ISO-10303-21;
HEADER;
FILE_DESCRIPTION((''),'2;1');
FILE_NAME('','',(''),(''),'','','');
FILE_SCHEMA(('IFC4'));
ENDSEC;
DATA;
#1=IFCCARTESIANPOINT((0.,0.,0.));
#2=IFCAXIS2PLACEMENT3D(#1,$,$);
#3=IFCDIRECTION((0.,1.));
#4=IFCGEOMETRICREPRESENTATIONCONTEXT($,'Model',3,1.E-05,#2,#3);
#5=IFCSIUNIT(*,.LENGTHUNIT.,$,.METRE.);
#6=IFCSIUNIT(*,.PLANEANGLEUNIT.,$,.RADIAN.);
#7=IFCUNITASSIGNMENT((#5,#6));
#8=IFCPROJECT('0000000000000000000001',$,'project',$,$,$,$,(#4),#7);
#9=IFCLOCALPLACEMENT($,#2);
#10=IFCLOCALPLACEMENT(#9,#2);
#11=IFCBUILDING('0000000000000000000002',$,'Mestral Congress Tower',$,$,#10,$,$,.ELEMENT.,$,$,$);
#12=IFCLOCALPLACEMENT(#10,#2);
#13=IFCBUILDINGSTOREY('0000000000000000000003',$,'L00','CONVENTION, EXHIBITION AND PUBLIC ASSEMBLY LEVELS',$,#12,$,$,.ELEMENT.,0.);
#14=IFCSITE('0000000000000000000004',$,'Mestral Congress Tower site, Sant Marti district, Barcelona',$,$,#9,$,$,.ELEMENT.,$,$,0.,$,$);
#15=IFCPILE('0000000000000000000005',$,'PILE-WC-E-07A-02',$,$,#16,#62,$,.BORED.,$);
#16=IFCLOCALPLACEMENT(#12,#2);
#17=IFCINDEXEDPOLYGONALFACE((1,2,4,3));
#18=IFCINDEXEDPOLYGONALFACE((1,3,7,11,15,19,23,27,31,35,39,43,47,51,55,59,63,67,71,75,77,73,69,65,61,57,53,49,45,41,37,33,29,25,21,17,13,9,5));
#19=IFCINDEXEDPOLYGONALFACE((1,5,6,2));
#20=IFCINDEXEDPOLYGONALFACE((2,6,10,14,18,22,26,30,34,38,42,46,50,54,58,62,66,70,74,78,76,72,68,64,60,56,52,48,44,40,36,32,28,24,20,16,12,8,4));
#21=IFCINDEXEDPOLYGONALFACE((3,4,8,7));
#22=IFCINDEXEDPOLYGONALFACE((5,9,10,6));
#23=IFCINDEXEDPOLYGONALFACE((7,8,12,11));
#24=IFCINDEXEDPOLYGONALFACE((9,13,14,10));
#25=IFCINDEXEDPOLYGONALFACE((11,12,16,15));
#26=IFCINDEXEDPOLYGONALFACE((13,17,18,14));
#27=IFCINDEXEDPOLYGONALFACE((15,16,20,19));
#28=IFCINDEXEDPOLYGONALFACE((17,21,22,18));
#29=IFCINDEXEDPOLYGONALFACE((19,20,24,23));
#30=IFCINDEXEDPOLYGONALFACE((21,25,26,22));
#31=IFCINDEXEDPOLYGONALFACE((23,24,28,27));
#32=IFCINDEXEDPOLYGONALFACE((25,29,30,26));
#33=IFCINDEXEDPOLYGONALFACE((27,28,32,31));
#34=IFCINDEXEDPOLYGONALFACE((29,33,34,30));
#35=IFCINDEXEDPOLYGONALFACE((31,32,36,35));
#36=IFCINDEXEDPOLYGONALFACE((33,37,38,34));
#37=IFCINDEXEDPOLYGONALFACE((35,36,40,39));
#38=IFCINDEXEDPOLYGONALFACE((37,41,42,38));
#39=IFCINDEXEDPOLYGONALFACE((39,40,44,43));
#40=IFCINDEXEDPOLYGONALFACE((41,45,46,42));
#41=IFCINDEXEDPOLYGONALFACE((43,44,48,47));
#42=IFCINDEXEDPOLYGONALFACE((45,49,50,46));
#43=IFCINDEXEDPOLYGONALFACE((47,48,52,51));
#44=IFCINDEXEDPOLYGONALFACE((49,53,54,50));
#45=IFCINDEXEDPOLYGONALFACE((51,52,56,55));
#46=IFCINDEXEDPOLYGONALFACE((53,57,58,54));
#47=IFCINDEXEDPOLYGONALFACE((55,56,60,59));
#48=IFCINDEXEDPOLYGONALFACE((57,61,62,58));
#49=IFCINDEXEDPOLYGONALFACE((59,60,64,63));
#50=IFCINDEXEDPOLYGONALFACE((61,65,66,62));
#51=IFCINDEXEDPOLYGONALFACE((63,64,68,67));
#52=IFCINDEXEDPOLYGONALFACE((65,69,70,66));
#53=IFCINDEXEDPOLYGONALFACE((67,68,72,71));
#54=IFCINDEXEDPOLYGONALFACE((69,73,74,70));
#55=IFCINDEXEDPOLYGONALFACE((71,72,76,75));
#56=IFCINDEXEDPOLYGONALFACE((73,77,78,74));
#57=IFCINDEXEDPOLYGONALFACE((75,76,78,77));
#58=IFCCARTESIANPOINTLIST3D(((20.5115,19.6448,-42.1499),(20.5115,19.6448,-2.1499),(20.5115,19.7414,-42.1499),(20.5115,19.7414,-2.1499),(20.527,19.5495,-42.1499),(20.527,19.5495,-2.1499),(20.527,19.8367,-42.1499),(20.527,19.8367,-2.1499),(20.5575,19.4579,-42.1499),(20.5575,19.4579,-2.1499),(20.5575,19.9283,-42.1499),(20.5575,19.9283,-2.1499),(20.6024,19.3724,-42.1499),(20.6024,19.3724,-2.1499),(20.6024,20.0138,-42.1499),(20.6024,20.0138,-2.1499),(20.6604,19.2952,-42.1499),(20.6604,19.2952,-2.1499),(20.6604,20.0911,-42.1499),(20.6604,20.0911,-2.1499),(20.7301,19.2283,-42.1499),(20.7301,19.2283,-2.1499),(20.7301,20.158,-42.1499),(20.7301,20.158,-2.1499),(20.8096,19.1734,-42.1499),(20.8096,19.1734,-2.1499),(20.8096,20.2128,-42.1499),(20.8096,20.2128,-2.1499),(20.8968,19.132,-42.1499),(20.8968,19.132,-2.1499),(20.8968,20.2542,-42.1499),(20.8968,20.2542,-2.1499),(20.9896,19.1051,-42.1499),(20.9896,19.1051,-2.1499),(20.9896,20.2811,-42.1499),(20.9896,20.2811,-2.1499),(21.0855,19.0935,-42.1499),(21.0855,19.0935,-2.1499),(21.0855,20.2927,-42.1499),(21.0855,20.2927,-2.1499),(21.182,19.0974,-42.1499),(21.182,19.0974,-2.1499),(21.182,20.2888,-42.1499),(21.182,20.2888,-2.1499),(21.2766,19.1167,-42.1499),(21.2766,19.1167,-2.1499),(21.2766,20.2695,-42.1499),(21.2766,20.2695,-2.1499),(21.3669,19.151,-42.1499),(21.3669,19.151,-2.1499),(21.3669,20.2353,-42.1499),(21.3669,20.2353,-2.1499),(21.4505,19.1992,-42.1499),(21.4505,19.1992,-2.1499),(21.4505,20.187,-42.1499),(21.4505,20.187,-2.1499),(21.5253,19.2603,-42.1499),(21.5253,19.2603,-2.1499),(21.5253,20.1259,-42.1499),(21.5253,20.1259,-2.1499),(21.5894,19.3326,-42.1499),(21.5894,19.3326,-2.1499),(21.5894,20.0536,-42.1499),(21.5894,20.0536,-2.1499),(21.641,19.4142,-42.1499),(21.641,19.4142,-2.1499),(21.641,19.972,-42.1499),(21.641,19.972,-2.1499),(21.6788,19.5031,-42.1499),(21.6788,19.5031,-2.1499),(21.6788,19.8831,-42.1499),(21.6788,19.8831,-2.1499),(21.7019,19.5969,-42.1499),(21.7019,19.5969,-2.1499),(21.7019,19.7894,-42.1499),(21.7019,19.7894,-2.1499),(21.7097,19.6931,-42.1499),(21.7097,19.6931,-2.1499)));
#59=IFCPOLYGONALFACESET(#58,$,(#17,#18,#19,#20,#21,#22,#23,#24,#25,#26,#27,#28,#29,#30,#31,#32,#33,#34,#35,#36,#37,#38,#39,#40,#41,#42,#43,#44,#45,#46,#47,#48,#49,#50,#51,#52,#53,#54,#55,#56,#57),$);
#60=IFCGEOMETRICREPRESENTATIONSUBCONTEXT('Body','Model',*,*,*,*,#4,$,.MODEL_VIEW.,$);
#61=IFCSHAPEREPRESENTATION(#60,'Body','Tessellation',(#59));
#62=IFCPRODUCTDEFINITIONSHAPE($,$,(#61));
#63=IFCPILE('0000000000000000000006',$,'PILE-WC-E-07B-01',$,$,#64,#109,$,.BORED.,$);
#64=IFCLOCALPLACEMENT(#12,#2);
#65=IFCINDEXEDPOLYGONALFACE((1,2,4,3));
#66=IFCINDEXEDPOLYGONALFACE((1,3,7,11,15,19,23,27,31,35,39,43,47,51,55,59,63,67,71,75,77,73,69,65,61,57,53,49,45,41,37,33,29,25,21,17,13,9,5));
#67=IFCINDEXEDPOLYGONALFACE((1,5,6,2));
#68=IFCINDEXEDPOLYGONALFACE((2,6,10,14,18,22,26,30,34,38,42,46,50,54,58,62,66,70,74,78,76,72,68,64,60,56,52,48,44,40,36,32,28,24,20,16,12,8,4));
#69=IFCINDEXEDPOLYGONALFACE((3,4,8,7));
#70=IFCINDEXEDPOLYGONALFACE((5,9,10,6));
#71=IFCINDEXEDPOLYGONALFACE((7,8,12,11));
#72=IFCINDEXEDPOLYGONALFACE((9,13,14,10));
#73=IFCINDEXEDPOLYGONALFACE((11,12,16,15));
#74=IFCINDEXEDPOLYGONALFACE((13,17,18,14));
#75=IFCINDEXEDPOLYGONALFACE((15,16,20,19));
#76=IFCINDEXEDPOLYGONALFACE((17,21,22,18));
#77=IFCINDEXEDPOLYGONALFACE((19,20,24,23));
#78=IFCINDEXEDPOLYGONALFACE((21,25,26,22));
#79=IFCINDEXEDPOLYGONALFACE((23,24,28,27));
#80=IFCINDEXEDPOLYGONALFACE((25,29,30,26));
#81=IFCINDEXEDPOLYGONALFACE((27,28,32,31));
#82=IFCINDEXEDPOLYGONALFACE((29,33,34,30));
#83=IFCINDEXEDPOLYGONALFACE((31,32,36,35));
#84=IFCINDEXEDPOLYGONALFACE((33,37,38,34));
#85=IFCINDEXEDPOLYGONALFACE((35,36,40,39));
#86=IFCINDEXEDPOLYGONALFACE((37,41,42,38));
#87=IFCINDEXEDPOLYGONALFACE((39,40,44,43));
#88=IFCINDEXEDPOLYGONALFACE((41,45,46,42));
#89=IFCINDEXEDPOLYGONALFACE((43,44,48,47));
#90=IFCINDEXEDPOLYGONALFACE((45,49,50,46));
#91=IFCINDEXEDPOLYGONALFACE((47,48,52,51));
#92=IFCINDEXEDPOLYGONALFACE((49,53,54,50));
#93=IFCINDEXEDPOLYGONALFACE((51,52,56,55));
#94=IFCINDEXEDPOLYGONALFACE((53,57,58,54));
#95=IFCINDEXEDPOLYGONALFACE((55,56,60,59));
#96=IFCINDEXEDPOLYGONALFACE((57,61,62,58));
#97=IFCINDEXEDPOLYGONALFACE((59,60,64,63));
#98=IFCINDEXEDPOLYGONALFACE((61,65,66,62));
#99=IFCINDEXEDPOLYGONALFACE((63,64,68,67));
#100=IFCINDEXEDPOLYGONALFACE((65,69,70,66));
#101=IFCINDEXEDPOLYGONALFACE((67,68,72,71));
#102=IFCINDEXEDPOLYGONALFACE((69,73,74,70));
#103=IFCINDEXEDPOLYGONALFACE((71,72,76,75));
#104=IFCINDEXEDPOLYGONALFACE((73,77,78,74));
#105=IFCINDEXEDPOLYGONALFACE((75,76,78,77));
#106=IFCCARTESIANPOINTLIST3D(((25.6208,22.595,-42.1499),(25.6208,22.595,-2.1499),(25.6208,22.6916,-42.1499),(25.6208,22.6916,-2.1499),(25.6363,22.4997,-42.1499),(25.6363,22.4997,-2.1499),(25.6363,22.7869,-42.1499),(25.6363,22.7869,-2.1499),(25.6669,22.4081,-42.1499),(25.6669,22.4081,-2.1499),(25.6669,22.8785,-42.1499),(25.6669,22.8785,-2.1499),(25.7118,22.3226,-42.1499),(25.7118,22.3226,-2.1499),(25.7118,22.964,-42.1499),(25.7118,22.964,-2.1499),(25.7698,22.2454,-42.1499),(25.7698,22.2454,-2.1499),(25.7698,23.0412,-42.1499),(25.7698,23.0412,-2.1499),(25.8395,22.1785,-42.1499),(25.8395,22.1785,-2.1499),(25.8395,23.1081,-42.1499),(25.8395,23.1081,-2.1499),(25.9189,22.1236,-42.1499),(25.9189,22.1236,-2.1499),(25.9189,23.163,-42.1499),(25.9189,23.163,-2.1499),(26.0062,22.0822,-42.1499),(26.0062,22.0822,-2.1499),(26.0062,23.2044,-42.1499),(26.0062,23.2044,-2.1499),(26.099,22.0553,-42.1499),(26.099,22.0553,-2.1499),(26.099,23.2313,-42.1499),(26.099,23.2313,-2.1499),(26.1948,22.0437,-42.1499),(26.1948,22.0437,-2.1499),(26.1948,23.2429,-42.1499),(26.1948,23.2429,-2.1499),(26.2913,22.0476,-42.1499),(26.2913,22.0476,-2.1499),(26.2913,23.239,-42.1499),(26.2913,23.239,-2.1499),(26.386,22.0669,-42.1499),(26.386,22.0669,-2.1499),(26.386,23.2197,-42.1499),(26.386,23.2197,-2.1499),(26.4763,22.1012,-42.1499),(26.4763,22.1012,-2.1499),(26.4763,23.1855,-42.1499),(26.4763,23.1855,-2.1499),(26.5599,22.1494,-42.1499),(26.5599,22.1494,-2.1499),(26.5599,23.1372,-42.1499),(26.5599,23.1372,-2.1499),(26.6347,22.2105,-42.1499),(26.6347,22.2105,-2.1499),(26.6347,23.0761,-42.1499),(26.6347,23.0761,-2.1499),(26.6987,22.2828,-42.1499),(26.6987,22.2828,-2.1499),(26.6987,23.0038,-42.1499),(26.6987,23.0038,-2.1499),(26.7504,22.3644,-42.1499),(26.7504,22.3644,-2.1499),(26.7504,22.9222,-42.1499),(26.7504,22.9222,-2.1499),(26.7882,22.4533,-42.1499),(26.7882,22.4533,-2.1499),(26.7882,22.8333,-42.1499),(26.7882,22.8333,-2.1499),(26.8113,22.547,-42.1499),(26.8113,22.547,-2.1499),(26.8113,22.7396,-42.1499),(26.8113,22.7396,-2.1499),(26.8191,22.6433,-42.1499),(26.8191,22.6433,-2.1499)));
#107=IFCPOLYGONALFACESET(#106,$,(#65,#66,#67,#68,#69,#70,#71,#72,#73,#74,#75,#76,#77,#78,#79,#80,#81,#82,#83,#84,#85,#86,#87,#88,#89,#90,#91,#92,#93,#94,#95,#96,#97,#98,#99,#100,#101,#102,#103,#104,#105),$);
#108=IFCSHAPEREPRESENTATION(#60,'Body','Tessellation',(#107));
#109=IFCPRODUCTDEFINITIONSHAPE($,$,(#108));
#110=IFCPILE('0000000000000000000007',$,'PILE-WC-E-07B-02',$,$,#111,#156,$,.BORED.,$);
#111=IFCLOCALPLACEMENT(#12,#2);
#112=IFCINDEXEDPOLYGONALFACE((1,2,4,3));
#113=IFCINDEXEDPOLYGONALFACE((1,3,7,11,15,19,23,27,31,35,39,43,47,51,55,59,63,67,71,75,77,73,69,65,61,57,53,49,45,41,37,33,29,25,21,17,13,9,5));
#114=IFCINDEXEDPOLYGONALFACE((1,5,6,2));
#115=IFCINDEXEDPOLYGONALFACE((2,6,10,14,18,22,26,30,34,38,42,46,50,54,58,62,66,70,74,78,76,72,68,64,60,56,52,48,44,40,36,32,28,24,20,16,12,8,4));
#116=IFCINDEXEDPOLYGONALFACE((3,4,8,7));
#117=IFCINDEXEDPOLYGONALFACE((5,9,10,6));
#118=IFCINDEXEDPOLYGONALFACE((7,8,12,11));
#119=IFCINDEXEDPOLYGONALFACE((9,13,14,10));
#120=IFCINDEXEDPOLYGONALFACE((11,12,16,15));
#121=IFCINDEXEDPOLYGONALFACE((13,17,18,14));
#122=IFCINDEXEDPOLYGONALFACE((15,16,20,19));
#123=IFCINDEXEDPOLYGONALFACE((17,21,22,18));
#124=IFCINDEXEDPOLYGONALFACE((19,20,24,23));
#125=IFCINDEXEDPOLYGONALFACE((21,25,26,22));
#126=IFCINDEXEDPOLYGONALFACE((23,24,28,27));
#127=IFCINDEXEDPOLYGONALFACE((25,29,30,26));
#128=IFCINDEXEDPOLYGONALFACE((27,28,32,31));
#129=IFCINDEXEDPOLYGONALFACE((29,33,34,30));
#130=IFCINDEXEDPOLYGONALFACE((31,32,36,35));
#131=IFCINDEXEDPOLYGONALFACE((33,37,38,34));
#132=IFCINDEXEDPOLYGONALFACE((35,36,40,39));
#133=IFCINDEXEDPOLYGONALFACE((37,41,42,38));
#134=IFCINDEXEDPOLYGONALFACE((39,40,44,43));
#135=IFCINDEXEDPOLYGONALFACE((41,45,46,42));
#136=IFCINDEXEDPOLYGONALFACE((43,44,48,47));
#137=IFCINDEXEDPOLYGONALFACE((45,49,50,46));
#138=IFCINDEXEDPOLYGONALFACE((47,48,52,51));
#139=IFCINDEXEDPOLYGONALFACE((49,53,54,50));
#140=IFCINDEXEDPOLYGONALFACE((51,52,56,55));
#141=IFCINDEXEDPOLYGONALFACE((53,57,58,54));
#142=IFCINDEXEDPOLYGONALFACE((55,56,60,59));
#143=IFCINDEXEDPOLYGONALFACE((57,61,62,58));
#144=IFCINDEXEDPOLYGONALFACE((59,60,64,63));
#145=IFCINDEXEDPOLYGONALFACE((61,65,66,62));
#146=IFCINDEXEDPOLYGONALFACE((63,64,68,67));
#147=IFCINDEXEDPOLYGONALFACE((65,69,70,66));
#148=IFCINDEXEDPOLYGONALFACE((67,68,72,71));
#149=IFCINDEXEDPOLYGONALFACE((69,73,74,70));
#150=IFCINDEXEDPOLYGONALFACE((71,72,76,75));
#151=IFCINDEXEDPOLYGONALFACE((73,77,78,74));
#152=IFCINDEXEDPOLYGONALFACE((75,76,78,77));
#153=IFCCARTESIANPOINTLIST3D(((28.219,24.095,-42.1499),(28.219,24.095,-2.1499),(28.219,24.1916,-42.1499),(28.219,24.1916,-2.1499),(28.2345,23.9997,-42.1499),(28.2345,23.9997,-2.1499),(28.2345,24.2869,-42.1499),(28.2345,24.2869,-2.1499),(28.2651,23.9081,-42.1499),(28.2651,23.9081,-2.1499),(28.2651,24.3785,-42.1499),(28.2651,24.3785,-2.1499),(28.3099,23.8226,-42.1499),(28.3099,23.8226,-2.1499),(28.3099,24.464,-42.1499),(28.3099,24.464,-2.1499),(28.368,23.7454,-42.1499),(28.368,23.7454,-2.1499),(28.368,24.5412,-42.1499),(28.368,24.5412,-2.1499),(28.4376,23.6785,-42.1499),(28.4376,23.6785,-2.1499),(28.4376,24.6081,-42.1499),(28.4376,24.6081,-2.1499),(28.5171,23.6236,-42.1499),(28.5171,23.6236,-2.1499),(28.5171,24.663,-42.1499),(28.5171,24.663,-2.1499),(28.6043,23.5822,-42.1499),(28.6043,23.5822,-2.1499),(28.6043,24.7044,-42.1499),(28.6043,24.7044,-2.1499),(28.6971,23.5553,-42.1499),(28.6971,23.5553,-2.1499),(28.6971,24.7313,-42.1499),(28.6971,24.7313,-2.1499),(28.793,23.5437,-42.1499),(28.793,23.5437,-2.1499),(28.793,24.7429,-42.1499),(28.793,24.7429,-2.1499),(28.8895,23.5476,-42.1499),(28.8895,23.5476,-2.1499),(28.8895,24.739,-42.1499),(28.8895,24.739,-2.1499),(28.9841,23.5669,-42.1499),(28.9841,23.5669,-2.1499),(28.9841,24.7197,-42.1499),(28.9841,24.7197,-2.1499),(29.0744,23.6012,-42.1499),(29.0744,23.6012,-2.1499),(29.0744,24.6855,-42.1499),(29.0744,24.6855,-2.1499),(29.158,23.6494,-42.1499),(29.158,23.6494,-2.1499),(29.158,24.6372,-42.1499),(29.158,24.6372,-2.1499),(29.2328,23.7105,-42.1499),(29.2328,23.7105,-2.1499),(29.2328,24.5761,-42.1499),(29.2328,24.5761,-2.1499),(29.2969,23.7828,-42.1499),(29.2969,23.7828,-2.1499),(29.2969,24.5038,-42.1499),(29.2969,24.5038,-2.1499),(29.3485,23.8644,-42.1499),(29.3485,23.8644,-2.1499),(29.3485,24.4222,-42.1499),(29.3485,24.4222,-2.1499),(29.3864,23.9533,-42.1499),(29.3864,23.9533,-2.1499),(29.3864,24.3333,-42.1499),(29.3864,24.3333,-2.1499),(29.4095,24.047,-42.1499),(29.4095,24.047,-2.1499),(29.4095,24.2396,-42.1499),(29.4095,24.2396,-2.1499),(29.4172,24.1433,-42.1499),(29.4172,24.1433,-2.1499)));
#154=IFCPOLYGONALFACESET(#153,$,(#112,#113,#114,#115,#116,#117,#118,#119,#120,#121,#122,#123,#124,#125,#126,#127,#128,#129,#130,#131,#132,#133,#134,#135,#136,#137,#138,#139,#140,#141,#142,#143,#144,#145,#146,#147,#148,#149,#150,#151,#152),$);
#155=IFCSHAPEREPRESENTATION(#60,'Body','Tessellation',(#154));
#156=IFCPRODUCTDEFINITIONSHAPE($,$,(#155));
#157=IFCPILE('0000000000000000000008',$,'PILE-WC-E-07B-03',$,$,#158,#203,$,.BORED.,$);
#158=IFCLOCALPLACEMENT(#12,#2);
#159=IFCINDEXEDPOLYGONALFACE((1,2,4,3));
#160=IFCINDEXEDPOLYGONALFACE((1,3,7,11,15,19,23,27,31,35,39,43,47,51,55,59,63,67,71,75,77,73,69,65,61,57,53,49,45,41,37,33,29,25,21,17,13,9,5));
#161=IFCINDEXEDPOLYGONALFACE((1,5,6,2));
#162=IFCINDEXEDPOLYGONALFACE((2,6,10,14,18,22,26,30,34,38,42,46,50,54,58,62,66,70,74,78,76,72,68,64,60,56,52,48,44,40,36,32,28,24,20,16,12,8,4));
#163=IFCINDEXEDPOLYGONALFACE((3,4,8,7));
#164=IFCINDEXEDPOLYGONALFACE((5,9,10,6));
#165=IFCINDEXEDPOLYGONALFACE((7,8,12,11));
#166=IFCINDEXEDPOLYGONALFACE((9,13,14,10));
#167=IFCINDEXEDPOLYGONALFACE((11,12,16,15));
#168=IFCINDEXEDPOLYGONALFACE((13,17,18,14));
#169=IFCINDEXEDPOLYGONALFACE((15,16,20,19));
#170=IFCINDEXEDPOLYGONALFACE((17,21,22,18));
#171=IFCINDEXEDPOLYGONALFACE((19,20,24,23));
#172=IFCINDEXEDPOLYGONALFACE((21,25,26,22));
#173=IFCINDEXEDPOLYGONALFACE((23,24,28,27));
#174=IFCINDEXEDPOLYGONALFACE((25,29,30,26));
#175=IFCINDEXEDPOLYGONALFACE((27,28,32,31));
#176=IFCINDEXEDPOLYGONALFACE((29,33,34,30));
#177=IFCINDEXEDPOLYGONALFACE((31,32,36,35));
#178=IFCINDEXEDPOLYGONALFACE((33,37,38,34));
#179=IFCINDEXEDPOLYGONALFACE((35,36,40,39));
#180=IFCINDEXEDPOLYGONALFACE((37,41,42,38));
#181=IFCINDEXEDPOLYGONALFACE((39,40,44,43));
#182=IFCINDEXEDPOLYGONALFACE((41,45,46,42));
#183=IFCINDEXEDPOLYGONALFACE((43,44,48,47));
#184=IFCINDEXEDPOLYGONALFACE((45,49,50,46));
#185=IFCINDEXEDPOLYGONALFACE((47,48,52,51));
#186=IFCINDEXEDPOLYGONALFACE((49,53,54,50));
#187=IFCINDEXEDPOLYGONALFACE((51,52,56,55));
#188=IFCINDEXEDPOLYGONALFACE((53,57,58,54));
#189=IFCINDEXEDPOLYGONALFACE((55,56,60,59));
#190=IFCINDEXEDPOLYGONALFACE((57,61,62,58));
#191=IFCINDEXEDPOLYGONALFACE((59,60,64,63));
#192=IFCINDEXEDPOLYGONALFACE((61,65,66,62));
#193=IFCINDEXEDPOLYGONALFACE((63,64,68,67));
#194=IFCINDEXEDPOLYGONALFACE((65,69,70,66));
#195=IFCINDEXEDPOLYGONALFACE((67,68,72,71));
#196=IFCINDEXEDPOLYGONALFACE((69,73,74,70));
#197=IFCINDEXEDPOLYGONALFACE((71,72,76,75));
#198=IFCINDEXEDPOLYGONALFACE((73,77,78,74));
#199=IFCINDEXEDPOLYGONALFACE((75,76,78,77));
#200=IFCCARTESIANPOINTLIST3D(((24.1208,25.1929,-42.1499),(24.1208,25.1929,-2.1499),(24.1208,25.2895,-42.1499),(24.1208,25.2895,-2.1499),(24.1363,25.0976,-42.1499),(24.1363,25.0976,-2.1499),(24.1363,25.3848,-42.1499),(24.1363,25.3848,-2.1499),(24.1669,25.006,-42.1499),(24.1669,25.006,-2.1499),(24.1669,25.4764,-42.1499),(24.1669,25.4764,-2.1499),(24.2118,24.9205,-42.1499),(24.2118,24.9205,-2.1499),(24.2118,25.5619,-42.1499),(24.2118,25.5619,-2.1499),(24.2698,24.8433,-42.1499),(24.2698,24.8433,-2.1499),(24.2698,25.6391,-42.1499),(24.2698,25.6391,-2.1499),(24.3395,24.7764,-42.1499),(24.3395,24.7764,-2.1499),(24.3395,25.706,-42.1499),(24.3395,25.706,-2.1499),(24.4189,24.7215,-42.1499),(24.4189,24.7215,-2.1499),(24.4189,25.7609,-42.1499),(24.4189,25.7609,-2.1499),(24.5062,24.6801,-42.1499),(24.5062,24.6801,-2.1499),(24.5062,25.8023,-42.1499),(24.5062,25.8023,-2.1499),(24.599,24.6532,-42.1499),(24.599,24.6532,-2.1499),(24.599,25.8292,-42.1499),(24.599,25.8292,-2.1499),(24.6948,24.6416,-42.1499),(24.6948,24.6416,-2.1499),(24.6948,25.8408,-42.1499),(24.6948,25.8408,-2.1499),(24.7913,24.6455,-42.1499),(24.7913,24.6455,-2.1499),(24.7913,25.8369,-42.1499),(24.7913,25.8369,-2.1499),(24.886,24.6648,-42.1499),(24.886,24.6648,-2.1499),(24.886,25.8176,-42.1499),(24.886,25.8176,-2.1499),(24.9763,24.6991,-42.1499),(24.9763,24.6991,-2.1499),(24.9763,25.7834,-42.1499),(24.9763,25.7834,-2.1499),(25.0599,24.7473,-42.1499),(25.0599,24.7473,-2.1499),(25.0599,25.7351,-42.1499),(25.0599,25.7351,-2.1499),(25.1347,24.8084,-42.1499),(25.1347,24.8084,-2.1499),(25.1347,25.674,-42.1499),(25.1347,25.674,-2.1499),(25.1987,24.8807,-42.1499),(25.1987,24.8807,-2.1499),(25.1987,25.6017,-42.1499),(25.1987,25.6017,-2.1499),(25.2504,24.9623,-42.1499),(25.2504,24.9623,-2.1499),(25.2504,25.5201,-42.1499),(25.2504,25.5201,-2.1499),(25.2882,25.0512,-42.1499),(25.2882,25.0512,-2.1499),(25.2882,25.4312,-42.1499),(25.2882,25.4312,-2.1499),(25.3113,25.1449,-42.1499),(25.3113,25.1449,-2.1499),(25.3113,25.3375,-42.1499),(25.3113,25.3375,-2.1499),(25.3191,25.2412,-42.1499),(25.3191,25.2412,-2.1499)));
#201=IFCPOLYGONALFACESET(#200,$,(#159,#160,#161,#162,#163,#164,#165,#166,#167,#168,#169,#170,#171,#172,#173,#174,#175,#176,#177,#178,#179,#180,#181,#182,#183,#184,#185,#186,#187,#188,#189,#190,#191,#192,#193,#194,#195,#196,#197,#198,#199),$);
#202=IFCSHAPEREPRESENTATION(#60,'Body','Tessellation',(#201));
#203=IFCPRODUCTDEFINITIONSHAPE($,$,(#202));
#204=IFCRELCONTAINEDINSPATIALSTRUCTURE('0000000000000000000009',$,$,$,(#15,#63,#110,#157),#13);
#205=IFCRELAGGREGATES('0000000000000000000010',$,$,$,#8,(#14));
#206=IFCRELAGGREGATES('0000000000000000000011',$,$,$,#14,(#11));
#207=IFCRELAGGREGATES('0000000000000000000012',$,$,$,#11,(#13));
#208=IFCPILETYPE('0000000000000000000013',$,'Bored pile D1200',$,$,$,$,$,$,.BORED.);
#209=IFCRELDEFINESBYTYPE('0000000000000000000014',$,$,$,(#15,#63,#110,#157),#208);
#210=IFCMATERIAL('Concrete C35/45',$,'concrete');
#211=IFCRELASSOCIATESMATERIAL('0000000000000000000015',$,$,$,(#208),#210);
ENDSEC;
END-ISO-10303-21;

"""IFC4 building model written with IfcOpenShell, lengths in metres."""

from ifc_helpers import new_model, si_unit, direction, frame, origin, origin_2d, place, context, subcontext, project, spatial, circle, extrude, material, material_profile, profile_set, type_object, element, save


model = new_model("IFC4")

# Units and contexts
model_context = context("Model", 3, precision=1e-05, world=origin(), true_north=direction((0.0, 1.0)))
body_context = subcontext(model_context, "Body", "Model", "MODEL_VIEW")
ifc_project = project(units=[si_unit("LENGTHUNIT", "METRE"), si_unit("PLANEANGLEUNIT", "RADIAN")], contexts=[model_context])

# Site, building, storey
site_placement = place(None, origin())
site = spatial("IfcSite", under=ifc_project, at=site_placement, Name="Mestral Congress Tower site, Sant Marti district, Barcelona", CompositionType="ELEMENT", RefElevation=0.0)
building_placement = place(site_placement, origin())
building = spatial("IfcBuilding", under=site, at=building_placement, Name="Mestral Congress Tower", CompositionType="ELEMENT")
storey_placement = place(building_placement, origin())
storey = spatial("IfcBuildingStorey", under=building, at=storey_placement, Name="L00", Description="CONVENTION, EXHIBITION AND PUBLIC ASSEMBLY LEVELS", CompositionType="ELEMENT", Elevation=0.0)

# Piles
ifc_material_1 = material(Name="Concrete C35/45", Category="concrete")
ifc_material_profile_1 = material_profile(ifc_material_1, circle(Radius=0.6001, at=origin_2d()), Name="D1200")
ifc_profile_set_1 = profile_set([ifc_material_profile_1], Name="Concrete C35/45")
pile_type_1 = type_object("IfcPileType", Name="Bored pile D1200", PredefinedType="BORED", material=ifc_profile_set_1)
for number, where, z_axis, x_axis, name in (
    (1, (21.1096, 19.6931, -2.1499), (0.0, 0.0, -1.0), (1.0, 0.0, 0.0), "PILE-WC-E-07A-02"),
    (2, (26.219, 22.6433, -2.1499), (0.0, 0.0, -1.0), (1.0, 0.0, 0.0), "PILE-WC-E-07B-01"),
    (3, (28.8171, 24.1433, -2.1499), (0.0, 0.0, -1.0), (1.0, 0.0, 0.0), "PILE-WC-E-07B-02"),
    (4, (24.719, 25.2412, -2.1499), (0.0, 0.0, -1.0), (1.0, 0.0, 0.0), "PILE-WC-E-07B-03"),
):
    element("IfcPile", number, at=place(storey_placement, frame(where, z_axis=z_axis, x_axis=x_axis)), inside=storey, type_object=pile_type_1, Name=name, PredefinedType="BORED", context=body_context, shape_type="SweptSolid", body=[
        extrude(circle(Radius=0.6001, at=origin_2d()), origin(), (0.0, 0.0, 1.0), 40.0),
    ])

save(model, "model.ifc")
